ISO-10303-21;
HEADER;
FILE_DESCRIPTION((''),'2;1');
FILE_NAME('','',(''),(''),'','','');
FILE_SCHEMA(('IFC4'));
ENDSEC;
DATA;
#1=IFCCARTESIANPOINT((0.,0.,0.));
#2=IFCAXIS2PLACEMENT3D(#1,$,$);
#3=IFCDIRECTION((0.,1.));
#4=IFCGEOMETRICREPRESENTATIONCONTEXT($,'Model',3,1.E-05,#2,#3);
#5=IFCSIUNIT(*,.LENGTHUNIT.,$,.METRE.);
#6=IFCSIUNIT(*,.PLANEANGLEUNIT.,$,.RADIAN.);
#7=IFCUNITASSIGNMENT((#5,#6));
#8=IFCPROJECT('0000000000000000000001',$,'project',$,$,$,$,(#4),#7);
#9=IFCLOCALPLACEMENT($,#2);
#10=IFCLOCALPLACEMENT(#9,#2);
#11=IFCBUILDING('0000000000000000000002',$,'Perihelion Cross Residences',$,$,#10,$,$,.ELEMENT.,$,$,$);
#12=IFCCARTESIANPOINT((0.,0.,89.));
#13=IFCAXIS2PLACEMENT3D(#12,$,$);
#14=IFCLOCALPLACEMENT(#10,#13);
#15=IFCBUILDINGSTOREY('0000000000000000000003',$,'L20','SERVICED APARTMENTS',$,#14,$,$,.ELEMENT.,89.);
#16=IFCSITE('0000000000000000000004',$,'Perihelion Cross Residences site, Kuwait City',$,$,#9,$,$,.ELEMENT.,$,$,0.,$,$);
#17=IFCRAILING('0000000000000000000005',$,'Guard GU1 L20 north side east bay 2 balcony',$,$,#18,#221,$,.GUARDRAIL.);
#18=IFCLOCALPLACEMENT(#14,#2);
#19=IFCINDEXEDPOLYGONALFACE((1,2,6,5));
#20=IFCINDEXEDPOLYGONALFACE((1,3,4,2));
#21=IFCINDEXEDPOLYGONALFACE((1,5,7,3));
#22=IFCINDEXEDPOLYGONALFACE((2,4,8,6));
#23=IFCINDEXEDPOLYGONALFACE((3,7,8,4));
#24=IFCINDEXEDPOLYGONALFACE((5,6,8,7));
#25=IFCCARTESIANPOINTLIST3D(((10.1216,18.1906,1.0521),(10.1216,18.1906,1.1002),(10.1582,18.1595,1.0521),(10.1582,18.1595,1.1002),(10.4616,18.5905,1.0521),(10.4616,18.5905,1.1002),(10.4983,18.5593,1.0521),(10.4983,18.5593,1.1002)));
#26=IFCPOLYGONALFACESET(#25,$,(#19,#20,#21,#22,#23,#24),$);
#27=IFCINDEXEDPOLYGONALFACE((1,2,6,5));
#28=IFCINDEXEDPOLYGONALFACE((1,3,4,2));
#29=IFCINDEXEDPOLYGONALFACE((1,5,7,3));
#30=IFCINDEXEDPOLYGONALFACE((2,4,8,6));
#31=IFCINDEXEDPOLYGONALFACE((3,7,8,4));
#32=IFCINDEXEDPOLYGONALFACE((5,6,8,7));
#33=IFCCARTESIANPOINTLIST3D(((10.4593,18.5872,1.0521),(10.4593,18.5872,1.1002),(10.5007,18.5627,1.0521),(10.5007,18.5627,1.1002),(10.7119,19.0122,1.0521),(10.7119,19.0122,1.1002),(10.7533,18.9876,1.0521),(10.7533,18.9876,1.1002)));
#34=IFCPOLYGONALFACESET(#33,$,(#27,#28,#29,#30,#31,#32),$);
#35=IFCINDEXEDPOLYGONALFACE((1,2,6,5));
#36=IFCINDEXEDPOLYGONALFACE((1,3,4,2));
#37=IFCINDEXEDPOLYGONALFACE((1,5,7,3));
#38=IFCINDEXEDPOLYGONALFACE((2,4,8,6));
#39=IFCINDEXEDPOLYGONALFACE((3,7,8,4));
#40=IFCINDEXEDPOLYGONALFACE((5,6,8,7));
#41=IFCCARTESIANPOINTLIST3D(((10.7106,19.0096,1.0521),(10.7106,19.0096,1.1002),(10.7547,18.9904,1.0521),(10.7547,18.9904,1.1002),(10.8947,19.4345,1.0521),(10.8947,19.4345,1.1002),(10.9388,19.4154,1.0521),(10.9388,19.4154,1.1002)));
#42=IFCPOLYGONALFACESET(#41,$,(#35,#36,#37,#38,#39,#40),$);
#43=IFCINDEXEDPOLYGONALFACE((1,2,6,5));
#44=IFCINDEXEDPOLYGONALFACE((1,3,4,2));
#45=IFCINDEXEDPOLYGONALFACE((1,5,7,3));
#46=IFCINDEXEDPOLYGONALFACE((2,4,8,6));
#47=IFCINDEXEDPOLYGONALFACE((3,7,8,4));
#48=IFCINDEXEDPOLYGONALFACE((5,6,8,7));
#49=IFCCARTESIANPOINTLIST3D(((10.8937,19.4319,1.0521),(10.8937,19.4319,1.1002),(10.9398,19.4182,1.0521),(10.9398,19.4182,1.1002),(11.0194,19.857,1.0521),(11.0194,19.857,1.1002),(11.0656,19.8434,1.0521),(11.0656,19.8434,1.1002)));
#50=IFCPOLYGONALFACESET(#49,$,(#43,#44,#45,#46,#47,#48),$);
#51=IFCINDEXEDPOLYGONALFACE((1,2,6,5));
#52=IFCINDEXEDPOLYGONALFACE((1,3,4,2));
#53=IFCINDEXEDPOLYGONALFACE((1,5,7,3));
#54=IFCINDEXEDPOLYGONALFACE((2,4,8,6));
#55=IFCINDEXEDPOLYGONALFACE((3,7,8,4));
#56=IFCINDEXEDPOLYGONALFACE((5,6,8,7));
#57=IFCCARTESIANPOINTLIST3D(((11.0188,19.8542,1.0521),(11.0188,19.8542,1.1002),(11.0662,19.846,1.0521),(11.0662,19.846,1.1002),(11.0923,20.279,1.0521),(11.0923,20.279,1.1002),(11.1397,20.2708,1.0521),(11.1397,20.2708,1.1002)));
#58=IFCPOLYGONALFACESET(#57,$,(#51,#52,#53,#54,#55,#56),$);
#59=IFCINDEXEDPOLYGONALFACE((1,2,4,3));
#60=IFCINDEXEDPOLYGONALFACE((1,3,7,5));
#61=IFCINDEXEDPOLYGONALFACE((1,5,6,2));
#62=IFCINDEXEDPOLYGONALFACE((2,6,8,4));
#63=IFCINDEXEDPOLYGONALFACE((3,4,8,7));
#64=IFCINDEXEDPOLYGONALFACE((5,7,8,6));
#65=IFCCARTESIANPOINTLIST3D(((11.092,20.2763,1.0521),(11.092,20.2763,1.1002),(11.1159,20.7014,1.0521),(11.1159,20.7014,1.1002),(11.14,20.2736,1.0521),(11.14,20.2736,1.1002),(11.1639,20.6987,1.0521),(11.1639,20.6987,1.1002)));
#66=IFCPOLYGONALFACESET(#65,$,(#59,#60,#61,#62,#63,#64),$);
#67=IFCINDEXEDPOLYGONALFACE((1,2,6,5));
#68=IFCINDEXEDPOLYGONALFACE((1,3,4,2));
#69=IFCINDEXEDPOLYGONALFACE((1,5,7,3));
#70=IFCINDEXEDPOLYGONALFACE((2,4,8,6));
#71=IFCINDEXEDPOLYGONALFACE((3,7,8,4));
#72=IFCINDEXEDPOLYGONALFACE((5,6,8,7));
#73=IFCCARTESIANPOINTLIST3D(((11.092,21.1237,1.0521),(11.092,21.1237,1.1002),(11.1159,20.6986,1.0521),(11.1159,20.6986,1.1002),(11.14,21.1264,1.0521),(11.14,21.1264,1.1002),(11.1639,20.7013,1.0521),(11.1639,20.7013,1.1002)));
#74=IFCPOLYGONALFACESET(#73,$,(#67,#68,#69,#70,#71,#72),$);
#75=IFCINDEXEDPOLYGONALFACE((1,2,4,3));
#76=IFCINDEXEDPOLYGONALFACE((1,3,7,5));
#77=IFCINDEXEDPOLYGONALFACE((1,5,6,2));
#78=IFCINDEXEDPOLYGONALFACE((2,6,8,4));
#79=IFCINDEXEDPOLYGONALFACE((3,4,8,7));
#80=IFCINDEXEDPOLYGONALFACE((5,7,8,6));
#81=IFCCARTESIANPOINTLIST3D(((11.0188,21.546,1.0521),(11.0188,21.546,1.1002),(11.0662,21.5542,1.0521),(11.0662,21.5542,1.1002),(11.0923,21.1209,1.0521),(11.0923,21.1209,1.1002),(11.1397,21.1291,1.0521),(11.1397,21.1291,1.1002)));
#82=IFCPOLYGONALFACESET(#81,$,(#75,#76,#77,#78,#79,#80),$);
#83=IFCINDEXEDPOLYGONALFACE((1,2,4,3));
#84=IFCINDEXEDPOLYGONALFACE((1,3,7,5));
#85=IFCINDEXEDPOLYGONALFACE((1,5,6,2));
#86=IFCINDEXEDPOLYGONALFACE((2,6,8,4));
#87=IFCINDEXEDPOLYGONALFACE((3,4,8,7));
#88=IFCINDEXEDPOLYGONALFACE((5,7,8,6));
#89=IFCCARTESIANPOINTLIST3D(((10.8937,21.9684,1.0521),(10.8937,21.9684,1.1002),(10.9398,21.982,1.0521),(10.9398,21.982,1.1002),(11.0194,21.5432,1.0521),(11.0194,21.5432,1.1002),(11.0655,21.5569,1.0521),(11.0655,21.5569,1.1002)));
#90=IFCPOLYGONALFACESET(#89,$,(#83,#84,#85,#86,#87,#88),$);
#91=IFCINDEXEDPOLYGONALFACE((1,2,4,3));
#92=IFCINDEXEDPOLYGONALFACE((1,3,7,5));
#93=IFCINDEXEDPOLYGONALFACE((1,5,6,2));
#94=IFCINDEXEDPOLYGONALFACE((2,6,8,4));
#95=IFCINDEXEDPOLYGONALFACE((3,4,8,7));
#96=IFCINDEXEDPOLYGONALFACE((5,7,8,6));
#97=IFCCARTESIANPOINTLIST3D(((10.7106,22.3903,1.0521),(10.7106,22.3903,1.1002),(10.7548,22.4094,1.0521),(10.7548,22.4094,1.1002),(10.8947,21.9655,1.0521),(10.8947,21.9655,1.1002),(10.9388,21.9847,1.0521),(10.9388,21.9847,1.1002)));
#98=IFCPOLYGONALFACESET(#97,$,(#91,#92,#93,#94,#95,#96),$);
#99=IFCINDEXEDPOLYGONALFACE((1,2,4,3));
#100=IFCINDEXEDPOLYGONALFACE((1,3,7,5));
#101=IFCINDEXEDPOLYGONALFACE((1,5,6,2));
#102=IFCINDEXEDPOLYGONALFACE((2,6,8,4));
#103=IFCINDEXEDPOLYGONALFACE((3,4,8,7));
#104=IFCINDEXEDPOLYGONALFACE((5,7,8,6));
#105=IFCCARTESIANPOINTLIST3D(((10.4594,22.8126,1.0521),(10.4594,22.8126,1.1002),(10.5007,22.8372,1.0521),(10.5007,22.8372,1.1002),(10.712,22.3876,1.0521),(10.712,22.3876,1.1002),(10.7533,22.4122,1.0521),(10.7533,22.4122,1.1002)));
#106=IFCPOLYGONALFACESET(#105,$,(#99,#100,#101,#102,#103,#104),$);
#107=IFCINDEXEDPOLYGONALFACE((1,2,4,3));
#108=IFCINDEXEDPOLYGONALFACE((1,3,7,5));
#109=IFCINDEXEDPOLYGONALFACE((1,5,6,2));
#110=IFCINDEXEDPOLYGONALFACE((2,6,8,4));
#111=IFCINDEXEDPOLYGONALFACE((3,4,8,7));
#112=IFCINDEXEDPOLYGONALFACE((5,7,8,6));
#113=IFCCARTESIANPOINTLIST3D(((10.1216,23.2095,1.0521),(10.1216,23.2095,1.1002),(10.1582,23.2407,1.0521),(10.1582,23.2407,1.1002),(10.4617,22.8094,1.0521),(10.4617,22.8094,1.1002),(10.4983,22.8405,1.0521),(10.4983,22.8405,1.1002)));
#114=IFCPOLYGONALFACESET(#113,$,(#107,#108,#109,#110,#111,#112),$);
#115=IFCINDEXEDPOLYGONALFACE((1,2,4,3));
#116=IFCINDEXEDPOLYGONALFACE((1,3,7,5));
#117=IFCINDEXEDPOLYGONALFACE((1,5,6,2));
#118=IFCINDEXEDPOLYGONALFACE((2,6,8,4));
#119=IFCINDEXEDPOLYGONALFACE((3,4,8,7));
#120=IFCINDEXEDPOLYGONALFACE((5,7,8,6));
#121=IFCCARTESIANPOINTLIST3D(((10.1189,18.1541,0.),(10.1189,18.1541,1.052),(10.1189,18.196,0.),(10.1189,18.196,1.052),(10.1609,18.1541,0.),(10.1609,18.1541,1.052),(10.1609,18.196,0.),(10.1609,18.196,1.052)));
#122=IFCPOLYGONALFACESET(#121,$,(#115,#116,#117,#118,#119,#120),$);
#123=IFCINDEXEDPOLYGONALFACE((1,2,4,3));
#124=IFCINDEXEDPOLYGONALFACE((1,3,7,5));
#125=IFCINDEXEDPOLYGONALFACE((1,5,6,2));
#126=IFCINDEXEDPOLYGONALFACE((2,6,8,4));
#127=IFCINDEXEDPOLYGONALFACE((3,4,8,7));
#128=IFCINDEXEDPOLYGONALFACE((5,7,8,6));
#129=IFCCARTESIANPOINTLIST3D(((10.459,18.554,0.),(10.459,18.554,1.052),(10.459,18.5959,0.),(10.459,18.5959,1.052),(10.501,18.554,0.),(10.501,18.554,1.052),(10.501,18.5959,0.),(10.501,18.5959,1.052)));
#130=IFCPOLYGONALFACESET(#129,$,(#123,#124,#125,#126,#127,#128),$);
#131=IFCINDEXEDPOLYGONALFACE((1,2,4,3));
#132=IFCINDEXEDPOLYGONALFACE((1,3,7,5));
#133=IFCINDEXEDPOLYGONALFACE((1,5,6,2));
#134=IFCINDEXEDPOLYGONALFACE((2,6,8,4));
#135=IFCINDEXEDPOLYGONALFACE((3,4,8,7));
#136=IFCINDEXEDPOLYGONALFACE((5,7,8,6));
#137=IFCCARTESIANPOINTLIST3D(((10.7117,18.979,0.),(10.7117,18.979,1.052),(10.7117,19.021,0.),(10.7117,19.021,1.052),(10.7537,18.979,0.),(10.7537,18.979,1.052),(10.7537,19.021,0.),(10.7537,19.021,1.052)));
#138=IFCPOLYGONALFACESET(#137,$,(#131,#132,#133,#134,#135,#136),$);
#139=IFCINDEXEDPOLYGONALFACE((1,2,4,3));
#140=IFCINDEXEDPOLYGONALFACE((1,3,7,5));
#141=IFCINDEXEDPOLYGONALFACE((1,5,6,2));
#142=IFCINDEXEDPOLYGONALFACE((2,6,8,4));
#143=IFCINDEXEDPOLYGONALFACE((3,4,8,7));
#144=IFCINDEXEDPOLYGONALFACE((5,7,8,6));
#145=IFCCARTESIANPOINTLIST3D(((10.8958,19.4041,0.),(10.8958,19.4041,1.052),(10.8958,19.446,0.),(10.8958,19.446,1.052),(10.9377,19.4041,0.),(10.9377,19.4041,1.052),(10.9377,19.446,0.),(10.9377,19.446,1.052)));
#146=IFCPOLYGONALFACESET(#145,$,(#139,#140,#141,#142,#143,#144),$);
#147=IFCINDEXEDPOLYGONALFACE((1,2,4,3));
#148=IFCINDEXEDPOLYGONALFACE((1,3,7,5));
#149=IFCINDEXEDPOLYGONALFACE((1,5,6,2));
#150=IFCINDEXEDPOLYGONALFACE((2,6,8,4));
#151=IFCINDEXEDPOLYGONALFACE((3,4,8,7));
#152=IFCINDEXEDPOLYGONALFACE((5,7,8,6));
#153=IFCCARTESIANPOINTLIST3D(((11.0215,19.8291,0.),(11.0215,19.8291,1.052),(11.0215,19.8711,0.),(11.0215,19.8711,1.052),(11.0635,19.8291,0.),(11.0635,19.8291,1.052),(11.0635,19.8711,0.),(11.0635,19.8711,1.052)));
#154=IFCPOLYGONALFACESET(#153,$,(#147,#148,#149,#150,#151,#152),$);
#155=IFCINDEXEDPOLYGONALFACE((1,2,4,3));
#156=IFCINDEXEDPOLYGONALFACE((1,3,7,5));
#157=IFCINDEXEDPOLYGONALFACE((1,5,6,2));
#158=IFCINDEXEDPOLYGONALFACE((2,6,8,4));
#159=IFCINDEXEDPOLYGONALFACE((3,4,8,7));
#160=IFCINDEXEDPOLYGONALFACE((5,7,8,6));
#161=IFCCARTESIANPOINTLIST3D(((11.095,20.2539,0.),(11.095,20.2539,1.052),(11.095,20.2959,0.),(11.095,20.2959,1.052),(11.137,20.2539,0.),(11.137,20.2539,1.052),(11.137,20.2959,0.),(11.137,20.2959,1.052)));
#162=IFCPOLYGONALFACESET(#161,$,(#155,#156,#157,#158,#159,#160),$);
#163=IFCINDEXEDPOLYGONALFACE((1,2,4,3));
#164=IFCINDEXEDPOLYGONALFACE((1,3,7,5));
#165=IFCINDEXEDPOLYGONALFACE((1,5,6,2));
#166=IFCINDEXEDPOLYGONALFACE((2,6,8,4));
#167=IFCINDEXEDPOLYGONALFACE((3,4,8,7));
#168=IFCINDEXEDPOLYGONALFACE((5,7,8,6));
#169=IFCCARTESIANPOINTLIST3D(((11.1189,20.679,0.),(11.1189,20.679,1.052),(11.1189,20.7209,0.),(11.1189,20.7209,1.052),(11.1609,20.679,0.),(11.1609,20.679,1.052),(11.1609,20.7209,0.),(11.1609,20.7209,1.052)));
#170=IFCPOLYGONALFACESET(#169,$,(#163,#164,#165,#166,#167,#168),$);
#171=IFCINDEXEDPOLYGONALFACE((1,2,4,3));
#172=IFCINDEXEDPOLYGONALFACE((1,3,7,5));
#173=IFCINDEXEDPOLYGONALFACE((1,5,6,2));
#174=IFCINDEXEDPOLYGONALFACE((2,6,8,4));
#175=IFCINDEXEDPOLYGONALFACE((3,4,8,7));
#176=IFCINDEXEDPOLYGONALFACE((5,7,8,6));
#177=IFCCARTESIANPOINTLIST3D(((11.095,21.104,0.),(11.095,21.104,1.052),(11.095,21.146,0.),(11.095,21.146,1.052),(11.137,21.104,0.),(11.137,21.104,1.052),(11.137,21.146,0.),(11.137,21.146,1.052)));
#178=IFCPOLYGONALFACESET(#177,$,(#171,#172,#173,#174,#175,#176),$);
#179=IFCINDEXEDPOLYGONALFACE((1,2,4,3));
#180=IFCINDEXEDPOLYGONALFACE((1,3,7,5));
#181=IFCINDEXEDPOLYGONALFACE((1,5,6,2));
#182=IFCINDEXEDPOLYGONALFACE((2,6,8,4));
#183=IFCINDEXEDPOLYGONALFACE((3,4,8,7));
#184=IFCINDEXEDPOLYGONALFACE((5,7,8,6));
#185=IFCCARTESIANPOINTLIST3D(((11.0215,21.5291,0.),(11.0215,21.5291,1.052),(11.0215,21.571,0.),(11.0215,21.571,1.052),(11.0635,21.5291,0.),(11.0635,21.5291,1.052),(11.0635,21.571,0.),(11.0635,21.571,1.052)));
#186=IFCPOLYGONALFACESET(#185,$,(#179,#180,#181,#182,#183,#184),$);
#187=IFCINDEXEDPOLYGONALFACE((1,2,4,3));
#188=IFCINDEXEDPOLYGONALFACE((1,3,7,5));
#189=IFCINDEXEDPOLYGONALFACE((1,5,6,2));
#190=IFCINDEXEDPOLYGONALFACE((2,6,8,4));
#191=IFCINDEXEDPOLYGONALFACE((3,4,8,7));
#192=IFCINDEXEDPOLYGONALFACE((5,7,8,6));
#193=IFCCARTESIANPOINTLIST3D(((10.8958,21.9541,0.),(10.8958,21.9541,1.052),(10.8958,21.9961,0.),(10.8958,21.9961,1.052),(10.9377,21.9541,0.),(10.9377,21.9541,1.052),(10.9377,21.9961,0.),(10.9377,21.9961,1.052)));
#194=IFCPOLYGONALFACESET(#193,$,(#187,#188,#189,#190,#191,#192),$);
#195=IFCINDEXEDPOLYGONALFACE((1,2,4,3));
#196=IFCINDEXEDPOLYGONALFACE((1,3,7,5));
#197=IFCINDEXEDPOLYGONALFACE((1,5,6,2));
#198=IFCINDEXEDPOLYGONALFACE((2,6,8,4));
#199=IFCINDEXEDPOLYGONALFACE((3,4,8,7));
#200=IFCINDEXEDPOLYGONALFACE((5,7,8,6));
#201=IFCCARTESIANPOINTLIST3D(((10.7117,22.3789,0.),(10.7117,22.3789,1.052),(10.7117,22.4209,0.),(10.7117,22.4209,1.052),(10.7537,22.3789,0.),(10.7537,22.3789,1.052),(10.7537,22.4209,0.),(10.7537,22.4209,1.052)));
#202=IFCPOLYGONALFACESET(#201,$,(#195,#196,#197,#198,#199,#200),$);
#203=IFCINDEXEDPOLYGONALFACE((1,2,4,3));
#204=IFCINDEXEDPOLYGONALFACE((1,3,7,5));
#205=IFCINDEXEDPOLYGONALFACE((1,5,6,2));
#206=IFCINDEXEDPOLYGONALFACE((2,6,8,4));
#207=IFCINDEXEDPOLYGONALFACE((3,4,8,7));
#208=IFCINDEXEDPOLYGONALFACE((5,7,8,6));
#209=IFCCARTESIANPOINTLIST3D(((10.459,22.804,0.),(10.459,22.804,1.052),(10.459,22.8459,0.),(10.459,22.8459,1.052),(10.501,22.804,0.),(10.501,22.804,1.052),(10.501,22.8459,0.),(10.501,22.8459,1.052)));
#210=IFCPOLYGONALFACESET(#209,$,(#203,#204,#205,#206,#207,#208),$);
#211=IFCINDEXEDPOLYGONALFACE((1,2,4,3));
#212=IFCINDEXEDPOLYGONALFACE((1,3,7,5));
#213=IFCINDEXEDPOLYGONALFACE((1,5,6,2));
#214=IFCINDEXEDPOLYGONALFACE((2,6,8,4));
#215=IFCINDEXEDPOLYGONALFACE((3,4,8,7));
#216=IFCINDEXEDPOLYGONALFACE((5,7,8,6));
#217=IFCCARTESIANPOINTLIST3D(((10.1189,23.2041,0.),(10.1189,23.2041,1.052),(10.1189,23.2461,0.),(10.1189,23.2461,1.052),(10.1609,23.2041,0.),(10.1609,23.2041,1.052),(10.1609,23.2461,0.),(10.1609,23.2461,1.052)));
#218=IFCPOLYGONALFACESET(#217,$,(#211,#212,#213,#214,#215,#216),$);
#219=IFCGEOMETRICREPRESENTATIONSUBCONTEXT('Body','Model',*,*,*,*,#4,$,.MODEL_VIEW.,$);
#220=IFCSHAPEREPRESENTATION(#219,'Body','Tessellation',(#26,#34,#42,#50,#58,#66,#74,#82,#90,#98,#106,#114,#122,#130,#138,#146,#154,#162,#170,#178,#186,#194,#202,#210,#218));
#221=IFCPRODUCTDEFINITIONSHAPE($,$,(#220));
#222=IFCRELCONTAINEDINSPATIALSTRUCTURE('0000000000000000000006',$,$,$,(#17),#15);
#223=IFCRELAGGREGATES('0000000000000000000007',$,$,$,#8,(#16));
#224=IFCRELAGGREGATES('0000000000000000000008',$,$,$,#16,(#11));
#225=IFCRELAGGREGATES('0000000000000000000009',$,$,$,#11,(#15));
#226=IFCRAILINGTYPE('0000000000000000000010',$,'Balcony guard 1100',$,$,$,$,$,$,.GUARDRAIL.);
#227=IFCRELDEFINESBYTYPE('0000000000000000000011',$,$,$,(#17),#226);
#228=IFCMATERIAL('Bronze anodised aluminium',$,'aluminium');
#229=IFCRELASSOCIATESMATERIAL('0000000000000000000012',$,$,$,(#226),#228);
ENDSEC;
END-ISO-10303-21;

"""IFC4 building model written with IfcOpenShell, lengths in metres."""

from ifc_helpers import new_model, si_unit, direction, frame, origin, origin_2d, place, context, subcontext, project, spatial, rectangle, extrude, material, type_object, element, save


model = new_model("IFC4")

# Units and contexts
model_context = context("Model", 3, precision=1e-05, world=origin(), true_north=direction((0.0, 1.0)))
body_context = subcontext(model_context, "Body", "Model", "MODEL_VIEW")
ifc_project = project(units=[si_unit("LENGTHUNIT", "METRE"), si_unit("PLANEANGLEUNIT", "RADIAN")], contexts=[model_context])

# Site, building, storey
site_placement = place(None, origin())
site = spatial("IfcSite", under=ifc_project, at=site_placement, Name="Perihelion Cross Residences site, Kuwait City", CompositionType="ELEMENT", RefElevation=0.0)
building_placement = place(site_placement, origin())
building = spatial("IfcBuilding", under=site, at=building_placement, Name="Perihelion Cross Residences", CompositionType="ELEMENT")
storey_placement = place(building_placement, frame((0.0, 0.0, 89.0)))
storey = spatial("IfcBuildingStorey", under=building, at=storey_placement, Name="L20", Description="SERVICED APARTMENTS", CompositionType="ELEMENT", Elevation=89.0)

# Railing
ifc_material_1 = material(Name="Bronze anodised aluminium", Category="aluminium")
railing_type = type_object("IfcRailingType", Name="Balcony guard 1100", PredefinedType="GUARDRAIL", material=ifc_material_1)
railing_1_placement = place(storey_placement, frame((10.1399, 18.175, 0.0)))
element("IfcRailing", 1, at=railing_1_placement, inside=storey, type_object=railing_type, Name="Guard GU1 L20 north side east bay 2 balcony", PredefinedType="GUARDRAIL", context=body_context, shape_type="SweptSolid", body=[
    extrude(rectangle(XDim=0.0481, YDim=0.0481, at=origin_2d()), frame((0.0, 0.0, 1.0762), z_axis=(0.647837, 0.761779, 0.0), x_axis=(-0.761779, 0.647837, 0.0)), (0.0, 0.0, 1.0), 0.5249),
    extrude(rectangle(XDim=0.0481, YDim=0.0481, at=origin_2d()), frame((0.3401, 0.3999, 1.0762), z_axis=(0.511006, 0.859577, 0.0), x_axis=(-0.859577, 0.511006, 0.0)), (0.0, 0.0, 1.0), 0.4944),
    extrude(rectangle(XDim=0.0481, YDim=0.0481, at=origin_2d()), frame((0.5928, 0.825, 1.0762), z_axis=(0.397415, 0.917639, 0.0), x_axis=(-0.917639, 0.397415, 0.0)), (0.0, 0.0, 1.0), 0.4631),
    extrude(rectangle(XDim=0.0481, YDim=0.0481, at=origin_2d()), frame((0.7769, 1.25, 1.0762), z_axis=(0.283657, 0.958926, 0.0), x_axis=(-0.958926, 0.283657, 0.0)), (0.0, 0.0, 1.0), 0.4434),
    extrude(rectangle(XDim=0.0481, YDim=0.0481, at=origin_2d()), frame((0.9026, 1.675, 1.0762), z_axis=(0.170457, 0.985365, 0.0), x_axis=(-0.985365, 0.170457, 0.0)), (0.0, 0.0, 1.0), 0.4312),
    extrude(rectangle(XDim=0.0481, YDim=0.0481, at=origin_2d()), frame((0.9761, 2.0999, 1.0762), z_axis=(0.056201, 0.99842, 0.0), x_axis=(-0.99842, 0.056201, 0.0)), (0.0, 0.0, 1.0), 0.4258),
    extrude(rectangle(XDim=0.0481, YDim=0.0481, at=origin_2d()), frame((1.0, 2.5249, 1.0762), z_axis=(-0.056201, 0.99842, 0.0), x_axis=(-0.99842, -0.056201, 0.0)), (0.0, 0.0, 1.0), 0.4258),
    extrude(rectangle(XDim=0.0481, YDim=0.0481, at=origin_2d()), frame((0.9761, 2.95, 1.0762), z_axis=(-0.170362, 0.985382, 0.0), x_axis=(-0.985382, -0.170362, 0.0)), (0.0, 0.0, 1.0), 0.4314),
    extrude(rectangle(XDim=0.0481, YDim=0.0481, at=origin_2d()), frame((0.9026, 3.375, 1.0762), z_axis=(-0.283657, 0.958926, 0.0), x_axis=(-0.958926, -0.283657, 0.0)), (0.0, 0.0, 1.0), 0.4434),
    extrude(rectangle(XDim=0.0481, YDim=0.0481, at=origin_2d()), frame((0.7769, 3.8, 1.0762), z_axis=(-0.397607, 0.917556, 0.0), x_axis=(-0.917556, -0.397607, 0.0)), (0.0, 0.0, 1.0), 0.4629),
    extrude(rectangle(XDim=0.0481, YDim=0.0481, at=origin_2d()), frame((0.5928, 4.2249, 1.0762), z_axis=(-0.511006, 0.859577, 0.0), x_axis=(-0.859577, -0.511006, 0.0)), (0.0, 0.0, 1.0), 0.4944),
    extrude(rectangle(XDim=0.0481, YDim=0.0481, at=origin_2d()), frame((0.3401, 4.6499, 1.0762), z_axis=(-0.647608, 0.761974, 0.0), x_axis=(-0.761974, -0.647608, 0.0)), (0.0, 0.0, 1.0), 0.5251),
    extrude(rectangle(XDim=0.042, YDim=0.042, at=origin_2d()), origin(), (0.0, 0.0, 1.0), 1.052),
    extrude(rectangle(XDim=0.042, YDim=0.042, at=origin_2d()), frame((0.3401, 0.3999, 0.0)), (0.0, 0.0, 1.0), 1.052),
    extrude(rectangle(XDim=0.042, YDim=0.042, at=origin_2d()), frame((0.5928, 0.825, 0.0)), (0.0, 0.0, 1.0), 1.052),
    extrude(rectangle(XDim=0.042, YDim=0.042, at=origin_2d()), frame((0.7769, 1.25, 0.0)), (0.0, 0.0, 1.0), 1.052),
    extrude(rectangle(XDim=0.042, YDim=0.042, at=origin_2d()), frame((0.9026, 1.675, 0.0)), (0.0, 0.0, 1.0), 1.052),
    extrude(rectangle(XDim=0.042, YDim=0.042, at=origin_2d()), frame((0.9761, 2.0999, 0.0)), (0.0, 0.0, 1.0), 1.052),
    extrude(rectangle(XDim=0.042, YDim=0.042, at=origin_2d()), frame((1.0, 2.5249, 0.0)), (0.0, 0.0, 1.0), 1.052),
    extrude(rectangle(XDim=0.042, YDim=0.042, at=origin_2d()), frame((0.9761, 2.95, 0.0)), (0.0, 0.0, 1.0), 1.052),
    extrude(rectangle(XDim=0.042, YDim=0.042, at=origin_2d()), frame((0.9026, 3.375, 0.0)), (0.0, 0.0, 1.0), 1.052),
    extrude(rectangle(XDim=0.042, YDim=0.042, at=origin_2d()), frame((0.7769, 3.8, 0.0)), (0.0, 0.0, 1.0), 1.052),
    extrude(rectangle(XDim=0.042, YDim=0.042, at=origin_2d()), frame((0.5928, 4.2249, 0.0)), (0.0, 0.0, 1.0), 1.052),
    extrude(rectangle(XDim=0.042, YDim=0.042, at=origin_2d()), frame((0.3401, 4.6499, 0.0)), (0.0, 0.0, 1.0), 1.052),
    extrude(rectangle(XDim=0.042, YDim=0.042, at=origin_2d()), frame((0.0, 5.05, 0.0)), (0.0, 0.0, 1.0), 1.052),
])

save(model, "model.ifc")
